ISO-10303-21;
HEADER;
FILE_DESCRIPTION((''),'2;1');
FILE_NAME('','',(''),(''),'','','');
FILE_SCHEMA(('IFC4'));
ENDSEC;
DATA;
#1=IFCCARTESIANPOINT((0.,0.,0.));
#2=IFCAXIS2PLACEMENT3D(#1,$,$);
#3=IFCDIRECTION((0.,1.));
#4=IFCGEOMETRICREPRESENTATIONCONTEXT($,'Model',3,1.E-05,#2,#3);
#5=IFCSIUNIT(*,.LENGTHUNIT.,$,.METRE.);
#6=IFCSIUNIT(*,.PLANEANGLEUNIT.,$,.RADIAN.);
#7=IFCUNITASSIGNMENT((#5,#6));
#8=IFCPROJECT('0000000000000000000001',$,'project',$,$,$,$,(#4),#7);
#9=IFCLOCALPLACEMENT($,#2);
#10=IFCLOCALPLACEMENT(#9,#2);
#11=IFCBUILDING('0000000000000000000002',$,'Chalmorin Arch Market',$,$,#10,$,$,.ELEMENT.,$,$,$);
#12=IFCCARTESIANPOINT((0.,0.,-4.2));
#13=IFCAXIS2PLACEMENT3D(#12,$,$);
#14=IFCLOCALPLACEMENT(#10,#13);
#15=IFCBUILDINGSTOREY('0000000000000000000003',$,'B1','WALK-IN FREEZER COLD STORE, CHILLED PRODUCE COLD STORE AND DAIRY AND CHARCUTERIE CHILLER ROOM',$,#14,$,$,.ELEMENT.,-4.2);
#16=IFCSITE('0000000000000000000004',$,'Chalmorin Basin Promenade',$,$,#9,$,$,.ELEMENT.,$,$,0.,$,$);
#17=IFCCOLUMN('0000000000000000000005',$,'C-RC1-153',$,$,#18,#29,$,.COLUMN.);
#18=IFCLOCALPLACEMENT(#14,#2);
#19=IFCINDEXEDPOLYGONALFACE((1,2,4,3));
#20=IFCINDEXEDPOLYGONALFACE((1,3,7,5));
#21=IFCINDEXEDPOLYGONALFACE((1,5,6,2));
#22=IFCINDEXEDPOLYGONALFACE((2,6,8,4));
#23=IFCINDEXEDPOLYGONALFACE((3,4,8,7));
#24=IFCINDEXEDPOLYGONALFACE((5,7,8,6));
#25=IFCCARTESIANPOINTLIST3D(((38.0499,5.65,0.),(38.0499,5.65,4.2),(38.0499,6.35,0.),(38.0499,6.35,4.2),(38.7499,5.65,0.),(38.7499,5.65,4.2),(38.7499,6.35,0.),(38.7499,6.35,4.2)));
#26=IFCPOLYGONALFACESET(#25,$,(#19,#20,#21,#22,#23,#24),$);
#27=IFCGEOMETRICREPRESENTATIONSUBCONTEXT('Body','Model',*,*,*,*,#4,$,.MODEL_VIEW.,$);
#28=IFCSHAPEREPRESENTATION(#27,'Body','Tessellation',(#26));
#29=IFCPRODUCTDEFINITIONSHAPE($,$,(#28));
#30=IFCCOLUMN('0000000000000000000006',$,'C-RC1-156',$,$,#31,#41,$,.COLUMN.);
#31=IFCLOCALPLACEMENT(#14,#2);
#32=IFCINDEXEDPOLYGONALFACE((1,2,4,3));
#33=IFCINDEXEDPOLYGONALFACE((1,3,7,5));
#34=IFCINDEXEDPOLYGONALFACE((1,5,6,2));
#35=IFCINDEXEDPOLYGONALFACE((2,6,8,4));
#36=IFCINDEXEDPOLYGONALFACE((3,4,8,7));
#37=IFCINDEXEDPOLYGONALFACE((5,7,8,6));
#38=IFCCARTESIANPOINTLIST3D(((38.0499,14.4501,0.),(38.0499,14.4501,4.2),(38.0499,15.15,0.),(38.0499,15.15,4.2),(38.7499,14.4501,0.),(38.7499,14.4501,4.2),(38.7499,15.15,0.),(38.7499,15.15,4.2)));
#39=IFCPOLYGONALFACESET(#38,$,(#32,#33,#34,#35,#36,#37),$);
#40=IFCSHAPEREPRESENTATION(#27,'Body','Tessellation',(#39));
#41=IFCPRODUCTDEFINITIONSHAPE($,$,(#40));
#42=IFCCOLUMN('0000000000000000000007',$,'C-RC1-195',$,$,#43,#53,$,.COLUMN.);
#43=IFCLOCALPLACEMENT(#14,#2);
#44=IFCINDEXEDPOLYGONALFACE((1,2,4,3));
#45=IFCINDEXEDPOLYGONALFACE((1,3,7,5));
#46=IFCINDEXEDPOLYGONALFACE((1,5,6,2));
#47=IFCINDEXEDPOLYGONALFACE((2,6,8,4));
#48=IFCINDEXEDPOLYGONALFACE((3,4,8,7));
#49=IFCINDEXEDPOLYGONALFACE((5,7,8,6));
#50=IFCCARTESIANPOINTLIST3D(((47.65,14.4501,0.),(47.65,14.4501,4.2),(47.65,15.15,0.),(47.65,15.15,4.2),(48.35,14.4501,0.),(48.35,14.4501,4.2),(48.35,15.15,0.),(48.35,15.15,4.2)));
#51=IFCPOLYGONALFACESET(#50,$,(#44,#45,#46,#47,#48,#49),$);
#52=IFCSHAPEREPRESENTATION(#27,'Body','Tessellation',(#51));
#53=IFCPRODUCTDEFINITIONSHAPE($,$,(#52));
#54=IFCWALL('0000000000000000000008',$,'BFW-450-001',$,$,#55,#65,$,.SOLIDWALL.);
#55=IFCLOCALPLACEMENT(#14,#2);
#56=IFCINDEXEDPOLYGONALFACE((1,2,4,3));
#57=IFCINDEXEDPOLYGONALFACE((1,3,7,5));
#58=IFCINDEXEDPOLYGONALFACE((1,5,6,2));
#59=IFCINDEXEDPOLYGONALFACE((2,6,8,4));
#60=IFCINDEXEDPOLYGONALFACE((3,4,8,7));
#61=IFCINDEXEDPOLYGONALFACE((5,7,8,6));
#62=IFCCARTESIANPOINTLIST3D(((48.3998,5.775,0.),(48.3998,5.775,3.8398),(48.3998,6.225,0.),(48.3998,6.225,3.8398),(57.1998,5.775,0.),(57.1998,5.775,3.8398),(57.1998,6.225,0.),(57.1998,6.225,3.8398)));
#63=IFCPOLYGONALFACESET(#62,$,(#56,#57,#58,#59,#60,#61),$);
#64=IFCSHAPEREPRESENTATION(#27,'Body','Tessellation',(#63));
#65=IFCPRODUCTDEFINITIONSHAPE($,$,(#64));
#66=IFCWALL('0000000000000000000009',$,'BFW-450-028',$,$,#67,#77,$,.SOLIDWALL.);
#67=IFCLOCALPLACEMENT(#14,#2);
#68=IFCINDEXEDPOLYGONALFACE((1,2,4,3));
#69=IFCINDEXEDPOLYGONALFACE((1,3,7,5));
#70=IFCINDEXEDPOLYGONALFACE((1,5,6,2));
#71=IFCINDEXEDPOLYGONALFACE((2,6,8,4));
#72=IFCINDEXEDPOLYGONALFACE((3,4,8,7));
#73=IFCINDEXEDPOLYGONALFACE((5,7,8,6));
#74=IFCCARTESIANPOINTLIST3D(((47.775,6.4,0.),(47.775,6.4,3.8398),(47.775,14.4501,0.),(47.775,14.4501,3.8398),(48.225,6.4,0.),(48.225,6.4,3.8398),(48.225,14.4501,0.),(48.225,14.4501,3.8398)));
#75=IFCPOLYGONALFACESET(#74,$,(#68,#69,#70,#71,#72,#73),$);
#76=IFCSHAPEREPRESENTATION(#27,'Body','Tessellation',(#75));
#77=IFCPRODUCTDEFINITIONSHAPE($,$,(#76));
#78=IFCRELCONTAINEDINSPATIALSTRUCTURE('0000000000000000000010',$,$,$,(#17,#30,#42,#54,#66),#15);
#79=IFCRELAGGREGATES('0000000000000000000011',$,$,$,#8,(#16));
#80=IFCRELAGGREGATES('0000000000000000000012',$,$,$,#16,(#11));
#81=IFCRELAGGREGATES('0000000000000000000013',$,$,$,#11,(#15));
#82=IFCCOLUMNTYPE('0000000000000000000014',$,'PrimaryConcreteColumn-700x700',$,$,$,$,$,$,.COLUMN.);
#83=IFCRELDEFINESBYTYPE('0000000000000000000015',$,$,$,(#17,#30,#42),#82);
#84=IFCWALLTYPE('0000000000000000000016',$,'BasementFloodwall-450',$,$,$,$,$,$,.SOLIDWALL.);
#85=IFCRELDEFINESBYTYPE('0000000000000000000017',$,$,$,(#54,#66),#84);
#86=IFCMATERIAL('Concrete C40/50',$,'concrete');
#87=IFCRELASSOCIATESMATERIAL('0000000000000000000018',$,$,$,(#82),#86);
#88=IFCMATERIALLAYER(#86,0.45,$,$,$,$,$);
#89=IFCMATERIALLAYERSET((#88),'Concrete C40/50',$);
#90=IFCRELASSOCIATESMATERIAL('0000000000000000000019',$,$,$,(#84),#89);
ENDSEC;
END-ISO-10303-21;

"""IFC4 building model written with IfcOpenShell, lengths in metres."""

from ifc_helpers import new_model, si_unit, direction, frame, frame_2d, origin, origin_2d, place, context, subcontext, project, spatial, rectangle, extrude, material, layer, layer_set, material_profile, profile_set, type_object, element, save


model = new_model("IFC4")

# Units and contexts
model_context = context("Model", 3, precision=1e-05, world=origin(), true_north=direction((0.0, 1.0)))
body_context = subcontext(model_context, "Body", "Model", "MODEL_VIEW")
ifc_project = project(units=[si_unit("LENGTHUNIT", "METRE"), si_unit("PLANEANGLEUNIT", "RADIAN")], contexts=[model_context])

# Site, building, storey
site_placement = place(None, origin())
site = spatial("IfcSite", under=ifc_project, at=site_placement, Name="Chalmorin Basin Promenade", CompositionType="ELEMENT", RefElevation=0.0)
building_placement = place(site_placement, origin())
building = spatial("IfcBuilding", under=site, at=building_placement, Name="Chalmorin Arch Market", CompositionType="ELEMENT")
storey_placement = place(building_placement, frame((0.0, 0.0, -4.2)))
storey = spatial("IfcBuildingStorey", under=building, at=storey_placement, Name="B1", Description="WALK-IN FREEZER COLD STORE, CHILLED PRODUCE COLD STORE AND DAIRY AND CHARCUTERIE CHILLER ROOM", CompositionType="ELEMENT", Elevation=-4.2)

# Shared definitions
ifc_material_1 = material(Name="Concrete C40/50", Category="concrete")

# Columns
ifc_material_profile_1 = material_profile(ifc_material_1, rectangle(XDim=0.7, YDim=0.7, at=origin_2d()), Name="RC700X700")
ifc_profile_set_1 = profile_set([ifc_material_profile_1], Name="Concrete C40/50")
column_type_1 = type_object("IfcColumnType", Name="PrimaryConcreteColumn-700x700", PredefinedType="COLUMN", material=ifc_profile_set_1)
for number, where, z_axis, x_axis, name in (
    (1, (38.3999, 6.0, 0.0), (0.0, 0.0, 1.0), (1.0, 0.0, 0.0), "C-RC1-153"),
    (2, (38.3999, 14.8, 0.0), (0.0, 0.0, 1.0), (1.0, 0.0, 0.0), "C-RC1-156"),
    (3, (48.0, 14.8, 0.0), (0.0, 0.0, 1.0), (1.0, 0.0, 0.0), "C-RC1-195"),
):
    element("IfcColumn", number, at=place(storey_placement, frame(where, z_axis=z_axis, x_axis=x_axis)), inside=storey, type_object=column_type_1, Name=name, PredefinedType="COLUMN", context=body_context, shape_type="SweptSolid", body=[
        extrude(rectangle(XDim=0.7, YDim=0.7, at=origin_2d()), origin(), (0.0, 0.0, 1.0), 4.2),
    ])

# Walls
ifc_layer_1 = layer(ifc_material_1, 0.45)
ifc_layer_set_1 = layer_set([ifc_layer_1], Name="Concrete C40/50")
wall_type = type_object("IfcWallType", Name="BasementFloodwall-450", PredefinedType="SOLIDWALL", material=ifc_layer_set_1)
wall_1_placement = place(storey_placement, frame((48.3999, 6.0, 0.0), z_axis=(0.0, 0.0, 1.0), x_axis=(1.0, 0.0, 0.0)))
element("IfcWall", 4, at=wall_1_placement, inside=storey, type_object=wall_type, Name="BFW-450-001", PredefinedType="SOLIDWALL", context=body_context, shape_type="SweptSolid", body=[
    extrude(rectangle(XDim=8.8, YDim=0.45, at=frame_2d((4.3999, 0.0))), origin(), (0.0, 0.0, 1.0), 3.8398),
])
wall_2_placement = place(storey_placement, frame((48.0, 14.45, 0.0), z_axis=(0.0, 0.0, 1.0), x_axis=(0.0, -1.0, 0.0)))
element("IfcWall", 5, at=wall_2_placement, inside=storey, type_object=wall_type, Name="BFW-450-028", PredefinedType="SOLIDWALL", context=body_context, shape_type="SweptSolid", body=[
    extrude(rectangle(XDim=8.05, YDim=0.45, at=frame_2d((4.0249, 0.0))), origin(), (0.0, 0.0, 1.0), 3.8398),
])

save(model, "model.ifc")
